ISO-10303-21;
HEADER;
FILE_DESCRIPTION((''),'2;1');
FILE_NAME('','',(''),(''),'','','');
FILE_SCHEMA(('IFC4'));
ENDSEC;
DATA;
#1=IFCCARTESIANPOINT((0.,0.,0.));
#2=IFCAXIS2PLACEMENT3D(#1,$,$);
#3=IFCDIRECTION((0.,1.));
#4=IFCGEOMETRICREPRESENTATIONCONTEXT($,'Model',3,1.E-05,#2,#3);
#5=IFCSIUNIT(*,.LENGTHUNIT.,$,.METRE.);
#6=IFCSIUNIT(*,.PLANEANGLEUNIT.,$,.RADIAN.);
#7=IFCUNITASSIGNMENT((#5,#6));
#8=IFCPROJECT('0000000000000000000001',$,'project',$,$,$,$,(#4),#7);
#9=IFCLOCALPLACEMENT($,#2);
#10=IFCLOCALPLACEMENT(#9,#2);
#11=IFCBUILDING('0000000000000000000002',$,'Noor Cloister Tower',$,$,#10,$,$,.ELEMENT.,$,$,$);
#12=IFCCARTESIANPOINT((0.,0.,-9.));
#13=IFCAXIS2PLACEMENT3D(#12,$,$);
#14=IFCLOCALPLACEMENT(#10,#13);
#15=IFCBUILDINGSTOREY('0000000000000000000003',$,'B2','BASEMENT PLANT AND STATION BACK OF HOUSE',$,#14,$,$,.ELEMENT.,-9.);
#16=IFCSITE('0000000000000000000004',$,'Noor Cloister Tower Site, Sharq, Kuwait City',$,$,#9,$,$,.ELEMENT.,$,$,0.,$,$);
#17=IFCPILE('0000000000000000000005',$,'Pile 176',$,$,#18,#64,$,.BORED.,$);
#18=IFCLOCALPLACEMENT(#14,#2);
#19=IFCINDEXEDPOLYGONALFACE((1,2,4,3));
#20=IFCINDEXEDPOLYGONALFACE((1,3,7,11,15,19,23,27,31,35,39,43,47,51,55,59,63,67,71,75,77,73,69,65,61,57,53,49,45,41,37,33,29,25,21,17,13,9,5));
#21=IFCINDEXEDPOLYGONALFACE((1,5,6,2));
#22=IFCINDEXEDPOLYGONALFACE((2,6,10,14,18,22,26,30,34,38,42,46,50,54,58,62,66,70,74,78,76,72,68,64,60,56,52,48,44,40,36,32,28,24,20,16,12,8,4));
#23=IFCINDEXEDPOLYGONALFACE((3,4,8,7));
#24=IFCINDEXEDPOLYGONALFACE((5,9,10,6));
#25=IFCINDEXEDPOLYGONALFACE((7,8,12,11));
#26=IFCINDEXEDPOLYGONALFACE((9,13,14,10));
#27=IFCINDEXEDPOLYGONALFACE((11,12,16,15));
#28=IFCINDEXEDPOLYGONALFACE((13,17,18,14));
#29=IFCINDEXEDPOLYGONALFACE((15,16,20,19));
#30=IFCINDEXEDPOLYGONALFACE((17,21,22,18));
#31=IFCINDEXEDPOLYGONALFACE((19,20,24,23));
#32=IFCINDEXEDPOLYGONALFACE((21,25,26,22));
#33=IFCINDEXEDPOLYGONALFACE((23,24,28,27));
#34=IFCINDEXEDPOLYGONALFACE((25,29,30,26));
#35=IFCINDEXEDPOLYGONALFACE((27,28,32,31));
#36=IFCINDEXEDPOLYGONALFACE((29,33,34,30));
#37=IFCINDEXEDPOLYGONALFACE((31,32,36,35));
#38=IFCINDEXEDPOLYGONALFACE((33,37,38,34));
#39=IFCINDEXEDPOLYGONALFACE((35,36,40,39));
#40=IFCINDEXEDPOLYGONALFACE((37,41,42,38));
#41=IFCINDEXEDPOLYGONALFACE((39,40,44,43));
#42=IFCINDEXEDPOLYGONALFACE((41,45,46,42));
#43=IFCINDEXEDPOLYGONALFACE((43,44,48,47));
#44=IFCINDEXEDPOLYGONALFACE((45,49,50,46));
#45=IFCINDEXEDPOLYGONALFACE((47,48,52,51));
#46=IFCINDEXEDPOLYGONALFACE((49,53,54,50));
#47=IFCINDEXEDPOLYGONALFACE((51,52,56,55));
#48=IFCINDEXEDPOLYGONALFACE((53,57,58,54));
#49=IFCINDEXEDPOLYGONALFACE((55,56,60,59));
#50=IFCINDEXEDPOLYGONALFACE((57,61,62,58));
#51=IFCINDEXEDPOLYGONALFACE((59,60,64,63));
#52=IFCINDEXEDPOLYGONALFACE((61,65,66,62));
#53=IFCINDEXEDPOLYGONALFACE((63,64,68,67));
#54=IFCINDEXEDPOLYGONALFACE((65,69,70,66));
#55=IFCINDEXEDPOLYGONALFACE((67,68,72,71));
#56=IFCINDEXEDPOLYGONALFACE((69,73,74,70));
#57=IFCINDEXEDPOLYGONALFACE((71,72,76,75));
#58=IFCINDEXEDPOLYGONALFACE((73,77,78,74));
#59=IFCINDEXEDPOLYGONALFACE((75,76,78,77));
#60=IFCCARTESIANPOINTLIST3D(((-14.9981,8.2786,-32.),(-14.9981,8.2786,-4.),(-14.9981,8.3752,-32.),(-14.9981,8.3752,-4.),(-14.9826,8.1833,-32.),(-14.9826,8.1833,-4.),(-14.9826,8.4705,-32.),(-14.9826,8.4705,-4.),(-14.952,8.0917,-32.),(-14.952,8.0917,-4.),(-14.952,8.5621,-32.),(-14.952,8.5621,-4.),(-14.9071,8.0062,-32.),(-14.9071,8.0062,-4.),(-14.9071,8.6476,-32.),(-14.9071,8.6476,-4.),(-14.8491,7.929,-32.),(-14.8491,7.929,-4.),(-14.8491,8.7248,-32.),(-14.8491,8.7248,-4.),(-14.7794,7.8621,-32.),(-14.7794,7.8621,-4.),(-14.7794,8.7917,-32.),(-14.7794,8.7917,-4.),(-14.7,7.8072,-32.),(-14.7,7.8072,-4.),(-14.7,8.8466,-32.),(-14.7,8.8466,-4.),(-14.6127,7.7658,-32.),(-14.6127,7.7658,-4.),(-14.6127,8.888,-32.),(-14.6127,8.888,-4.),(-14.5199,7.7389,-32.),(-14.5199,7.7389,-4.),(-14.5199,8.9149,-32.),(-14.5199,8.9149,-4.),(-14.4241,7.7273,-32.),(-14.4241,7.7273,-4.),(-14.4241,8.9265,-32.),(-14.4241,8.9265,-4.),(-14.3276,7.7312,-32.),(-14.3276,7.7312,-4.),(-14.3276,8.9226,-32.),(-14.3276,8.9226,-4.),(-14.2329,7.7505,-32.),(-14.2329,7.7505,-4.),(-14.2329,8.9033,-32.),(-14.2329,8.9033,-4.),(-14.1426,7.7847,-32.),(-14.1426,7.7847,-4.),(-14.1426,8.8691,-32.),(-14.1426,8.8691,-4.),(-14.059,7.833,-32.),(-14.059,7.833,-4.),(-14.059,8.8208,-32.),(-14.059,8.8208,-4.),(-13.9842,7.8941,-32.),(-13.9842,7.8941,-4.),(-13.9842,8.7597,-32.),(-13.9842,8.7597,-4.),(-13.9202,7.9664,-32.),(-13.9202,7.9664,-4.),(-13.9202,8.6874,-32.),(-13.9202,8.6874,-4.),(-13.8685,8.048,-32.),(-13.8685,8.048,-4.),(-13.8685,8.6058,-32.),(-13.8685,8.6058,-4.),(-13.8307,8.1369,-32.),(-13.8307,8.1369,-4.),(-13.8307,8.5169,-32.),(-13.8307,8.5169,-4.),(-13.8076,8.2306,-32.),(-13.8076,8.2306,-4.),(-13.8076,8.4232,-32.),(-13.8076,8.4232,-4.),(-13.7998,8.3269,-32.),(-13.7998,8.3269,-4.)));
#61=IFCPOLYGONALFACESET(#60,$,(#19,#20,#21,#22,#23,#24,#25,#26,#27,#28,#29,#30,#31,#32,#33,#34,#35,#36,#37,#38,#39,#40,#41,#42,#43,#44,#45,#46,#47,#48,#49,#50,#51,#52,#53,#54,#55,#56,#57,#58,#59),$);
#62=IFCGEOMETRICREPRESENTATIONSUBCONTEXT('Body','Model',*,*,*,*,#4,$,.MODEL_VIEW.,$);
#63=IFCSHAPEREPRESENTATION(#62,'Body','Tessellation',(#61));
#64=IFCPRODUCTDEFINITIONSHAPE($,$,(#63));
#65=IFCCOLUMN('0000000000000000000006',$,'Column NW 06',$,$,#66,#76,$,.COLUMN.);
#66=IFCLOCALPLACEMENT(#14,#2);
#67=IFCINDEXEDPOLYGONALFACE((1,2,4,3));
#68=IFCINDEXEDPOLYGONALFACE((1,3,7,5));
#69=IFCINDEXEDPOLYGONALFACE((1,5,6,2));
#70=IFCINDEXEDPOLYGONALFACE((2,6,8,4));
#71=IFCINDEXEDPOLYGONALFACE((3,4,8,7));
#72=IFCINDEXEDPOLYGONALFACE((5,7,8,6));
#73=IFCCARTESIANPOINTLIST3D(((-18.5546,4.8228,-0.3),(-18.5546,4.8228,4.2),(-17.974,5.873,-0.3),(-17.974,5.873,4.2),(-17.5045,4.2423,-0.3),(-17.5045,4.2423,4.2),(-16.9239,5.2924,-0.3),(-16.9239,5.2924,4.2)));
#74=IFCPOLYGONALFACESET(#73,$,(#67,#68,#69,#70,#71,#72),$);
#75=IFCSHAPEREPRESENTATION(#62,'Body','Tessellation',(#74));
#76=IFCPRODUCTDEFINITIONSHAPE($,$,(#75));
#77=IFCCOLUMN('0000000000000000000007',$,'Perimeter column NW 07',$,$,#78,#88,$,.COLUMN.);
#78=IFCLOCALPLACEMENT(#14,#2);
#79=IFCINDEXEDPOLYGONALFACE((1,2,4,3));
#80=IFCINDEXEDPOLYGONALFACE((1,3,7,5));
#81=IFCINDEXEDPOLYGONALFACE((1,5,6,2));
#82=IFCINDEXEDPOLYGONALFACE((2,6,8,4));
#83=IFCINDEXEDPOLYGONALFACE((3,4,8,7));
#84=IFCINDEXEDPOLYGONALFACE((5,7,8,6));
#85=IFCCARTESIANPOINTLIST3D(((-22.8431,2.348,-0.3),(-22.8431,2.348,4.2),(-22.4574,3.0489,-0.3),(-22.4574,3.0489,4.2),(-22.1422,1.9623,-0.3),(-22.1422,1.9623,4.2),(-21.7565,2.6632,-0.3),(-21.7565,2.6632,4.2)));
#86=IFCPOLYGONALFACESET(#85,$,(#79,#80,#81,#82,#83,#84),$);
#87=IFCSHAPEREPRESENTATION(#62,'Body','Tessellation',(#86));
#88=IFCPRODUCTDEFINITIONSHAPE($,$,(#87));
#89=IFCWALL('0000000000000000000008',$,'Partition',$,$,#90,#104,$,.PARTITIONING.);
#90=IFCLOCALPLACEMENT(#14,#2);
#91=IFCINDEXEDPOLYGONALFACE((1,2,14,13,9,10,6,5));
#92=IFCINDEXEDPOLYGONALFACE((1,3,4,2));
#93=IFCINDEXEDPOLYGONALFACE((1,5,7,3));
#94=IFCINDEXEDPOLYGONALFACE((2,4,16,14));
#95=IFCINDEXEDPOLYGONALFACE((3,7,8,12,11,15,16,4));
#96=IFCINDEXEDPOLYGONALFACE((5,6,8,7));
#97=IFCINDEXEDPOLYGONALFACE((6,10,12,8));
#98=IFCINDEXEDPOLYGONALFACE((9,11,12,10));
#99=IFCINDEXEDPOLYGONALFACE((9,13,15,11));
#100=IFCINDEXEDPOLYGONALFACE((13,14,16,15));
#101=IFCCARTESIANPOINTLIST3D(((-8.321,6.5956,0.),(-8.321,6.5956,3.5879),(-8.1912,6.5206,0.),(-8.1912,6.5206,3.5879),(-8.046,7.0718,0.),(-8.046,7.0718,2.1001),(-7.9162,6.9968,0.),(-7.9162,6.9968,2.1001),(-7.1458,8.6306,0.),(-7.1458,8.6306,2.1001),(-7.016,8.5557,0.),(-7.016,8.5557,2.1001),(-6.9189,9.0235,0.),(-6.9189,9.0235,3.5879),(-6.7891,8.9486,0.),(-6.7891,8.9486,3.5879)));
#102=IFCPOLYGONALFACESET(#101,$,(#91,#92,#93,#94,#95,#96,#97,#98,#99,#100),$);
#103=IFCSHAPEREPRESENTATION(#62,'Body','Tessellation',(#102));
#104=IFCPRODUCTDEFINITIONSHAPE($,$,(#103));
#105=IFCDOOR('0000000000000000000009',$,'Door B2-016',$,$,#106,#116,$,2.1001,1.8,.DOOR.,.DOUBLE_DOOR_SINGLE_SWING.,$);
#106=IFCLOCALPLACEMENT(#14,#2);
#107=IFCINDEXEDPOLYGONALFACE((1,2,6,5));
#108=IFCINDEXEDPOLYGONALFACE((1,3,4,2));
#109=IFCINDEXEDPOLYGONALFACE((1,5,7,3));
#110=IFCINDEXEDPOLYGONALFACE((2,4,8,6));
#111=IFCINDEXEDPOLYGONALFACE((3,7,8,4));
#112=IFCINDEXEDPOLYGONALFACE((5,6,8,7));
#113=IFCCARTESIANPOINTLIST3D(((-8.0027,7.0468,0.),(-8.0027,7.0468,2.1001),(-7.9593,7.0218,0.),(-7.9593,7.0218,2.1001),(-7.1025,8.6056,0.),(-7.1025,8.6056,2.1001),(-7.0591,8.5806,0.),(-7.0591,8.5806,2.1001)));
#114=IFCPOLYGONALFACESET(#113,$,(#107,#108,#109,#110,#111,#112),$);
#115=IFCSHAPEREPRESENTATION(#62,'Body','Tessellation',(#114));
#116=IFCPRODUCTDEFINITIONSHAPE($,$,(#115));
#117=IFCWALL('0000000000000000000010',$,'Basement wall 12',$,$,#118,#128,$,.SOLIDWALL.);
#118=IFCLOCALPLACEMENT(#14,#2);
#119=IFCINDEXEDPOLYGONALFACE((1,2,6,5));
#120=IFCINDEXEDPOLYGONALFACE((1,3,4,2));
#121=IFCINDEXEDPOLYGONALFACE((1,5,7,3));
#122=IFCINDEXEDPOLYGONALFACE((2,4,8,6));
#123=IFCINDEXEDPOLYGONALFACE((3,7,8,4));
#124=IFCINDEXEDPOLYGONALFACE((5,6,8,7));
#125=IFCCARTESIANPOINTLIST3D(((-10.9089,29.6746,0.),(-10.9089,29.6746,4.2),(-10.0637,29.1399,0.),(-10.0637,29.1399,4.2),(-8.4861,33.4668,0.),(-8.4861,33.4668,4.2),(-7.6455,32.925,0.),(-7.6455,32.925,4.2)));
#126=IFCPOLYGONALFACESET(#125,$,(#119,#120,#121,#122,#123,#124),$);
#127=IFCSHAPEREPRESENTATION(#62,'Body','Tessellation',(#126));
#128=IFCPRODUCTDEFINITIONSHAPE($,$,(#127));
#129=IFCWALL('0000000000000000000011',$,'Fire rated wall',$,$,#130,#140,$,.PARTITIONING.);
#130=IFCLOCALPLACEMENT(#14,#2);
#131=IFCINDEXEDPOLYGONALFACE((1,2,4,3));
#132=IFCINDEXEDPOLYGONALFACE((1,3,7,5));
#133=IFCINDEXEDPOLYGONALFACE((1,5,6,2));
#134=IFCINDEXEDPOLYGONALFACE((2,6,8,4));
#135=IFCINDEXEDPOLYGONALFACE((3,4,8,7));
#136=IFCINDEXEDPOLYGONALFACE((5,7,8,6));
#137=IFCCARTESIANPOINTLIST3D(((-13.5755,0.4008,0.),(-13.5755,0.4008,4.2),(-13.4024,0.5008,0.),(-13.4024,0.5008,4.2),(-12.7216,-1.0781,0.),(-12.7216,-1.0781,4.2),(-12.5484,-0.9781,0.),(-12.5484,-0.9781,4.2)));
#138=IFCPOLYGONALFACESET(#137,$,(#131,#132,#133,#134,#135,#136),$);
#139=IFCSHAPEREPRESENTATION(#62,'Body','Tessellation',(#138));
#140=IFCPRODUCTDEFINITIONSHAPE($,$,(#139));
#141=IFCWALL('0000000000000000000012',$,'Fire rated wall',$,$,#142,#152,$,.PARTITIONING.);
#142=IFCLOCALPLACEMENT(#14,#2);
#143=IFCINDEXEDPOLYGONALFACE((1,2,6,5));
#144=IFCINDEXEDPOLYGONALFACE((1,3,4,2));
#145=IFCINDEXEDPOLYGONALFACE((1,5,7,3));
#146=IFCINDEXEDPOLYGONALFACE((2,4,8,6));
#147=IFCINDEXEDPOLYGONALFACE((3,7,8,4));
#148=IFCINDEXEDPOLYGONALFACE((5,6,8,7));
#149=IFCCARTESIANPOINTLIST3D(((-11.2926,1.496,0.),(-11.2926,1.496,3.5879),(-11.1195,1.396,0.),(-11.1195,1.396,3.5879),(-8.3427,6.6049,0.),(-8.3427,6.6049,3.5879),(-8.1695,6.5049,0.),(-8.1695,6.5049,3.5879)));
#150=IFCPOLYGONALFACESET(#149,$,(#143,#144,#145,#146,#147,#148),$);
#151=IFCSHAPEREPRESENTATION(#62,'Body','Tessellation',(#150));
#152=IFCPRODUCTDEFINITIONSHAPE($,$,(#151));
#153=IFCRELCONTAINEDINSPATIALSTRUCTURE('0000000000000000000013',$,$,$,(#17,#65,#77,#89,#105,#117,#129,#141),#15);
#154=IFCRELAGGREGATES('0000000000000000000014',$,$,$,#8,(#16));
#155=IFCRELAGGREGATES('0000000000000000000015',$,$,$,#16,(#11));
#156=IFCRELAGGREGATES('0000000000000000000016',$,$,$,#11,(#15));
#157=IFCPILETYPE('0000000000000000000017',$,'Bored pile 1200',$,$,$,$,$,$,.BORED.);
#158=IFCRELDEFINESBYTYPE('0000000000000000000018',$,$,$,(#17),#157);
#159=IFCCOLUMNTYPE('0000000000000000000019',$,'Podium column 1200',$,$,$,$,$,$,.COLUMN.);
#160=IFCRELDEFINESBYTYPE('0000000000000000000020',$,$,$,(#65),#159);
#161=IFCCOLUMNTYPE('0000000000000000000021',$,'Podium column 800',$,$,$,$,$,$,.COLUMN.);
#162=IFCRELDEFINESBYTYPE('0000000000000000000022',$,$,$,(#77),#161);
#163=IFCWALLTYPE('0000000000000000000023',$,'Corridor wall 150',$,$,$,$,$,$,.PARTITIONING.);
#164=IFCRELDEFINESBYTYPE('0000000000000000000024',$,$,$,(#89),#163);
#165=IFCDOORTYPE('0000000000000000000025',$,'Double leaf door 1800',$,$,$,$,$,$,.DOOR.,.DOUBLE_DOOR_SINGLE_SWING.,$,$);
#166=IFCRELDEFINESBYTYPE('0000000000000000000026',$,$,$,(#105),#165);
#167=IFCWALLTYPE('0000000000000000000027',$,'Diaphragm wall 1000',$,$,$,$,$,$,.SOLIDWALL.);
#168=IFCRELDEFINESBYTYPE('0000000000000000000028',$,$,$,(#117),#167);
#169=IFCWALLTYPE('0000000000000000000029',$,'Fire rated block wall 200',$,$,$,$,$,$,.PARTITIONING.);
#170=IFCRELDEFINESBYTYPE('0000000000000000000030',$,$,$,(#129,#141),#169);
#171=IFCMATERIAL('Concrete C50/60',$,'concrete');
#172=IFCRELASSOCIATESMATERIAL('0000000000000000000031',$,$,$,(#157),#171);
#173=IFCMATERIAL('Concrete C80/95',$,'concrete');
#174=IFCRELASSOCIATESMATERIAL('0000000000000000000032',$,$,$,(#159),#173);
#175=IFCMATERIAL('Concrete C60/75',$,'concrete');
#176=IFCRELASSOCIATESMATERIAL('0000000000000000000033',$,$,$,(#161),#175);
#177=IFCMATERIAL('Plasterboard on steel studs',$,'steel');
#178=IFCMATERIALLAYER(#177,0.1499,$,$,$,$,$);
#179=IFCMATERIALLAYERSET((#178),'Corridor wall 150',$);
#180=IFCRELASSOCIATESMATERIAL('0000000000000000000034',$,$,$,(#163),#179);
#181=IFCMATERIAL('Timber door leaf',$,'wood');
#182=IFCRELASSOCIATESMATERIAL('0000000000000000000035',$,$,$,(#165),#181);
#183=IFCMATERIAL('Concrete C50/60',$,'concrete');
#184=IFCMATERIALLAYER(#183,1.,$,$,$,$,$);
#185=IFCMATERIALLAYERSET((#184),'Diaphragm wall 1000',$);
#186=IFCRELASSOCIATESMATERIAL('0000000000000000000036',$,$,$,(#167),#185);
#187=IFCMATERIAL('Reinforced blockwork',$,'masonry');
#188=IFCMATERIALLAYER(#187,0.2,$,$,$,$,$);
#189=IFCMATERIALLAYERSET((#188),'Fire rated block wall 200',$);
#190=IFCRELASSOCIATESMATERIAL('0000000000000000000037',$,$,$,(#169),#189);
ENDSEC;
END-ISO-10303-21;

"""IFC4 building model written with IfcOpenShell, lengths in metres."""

from ifc_helpers import new_model, si_unit, direction, frame, frame_2d, origin, origin_2d, place, context, subcontext, project, spatial, polyline, rectangle, circle, outline, extrude, material, layer, layer_set, material_profile, profile_set, type_object, element, fill, save


model = new_model("IFC4")

# Units and contexts
model_context = context("Model", 3, precision=1e-05, world=origin(), true_north=direction((0.0, 1.0)))
body_context = subcontext(model_context, "Body", "Model", "MODEL_VIEW")
ifc_project = project(units=[si_unit("LENGTHUNIT", "METRE"), si_unit("PLANEANGLEUNIT", "RADIAN")], contexts=[model_context])

# Site, building, storey
site_placement = place(None, origin())
site = spatial("IfcSite", under=ifc_project, at=site_placement, Name="Noor Cloister Tower Site, Sharq, Kuwait City", CompositionType="ELEMENT", RefElevation=0.0)
building_placement = place(site_placement, origin())
building = spatial("IfcBuilding", under=site, at=building_placement, Name="Noor Cloister Tower", CompositionType="ELEMENT")
storey_placement = place(building_placement, frame((0.0, 0.0, -9.0)))
storey = spatial("IfcBuildingStorey", under=building, at=storey_placement, Name="B2", Description="BASEMENT PLANT AND STATION BACK OF HOUSE", CompositionType="ELEMENT", Elevation=-9.0)

# Pile
ifc_material_1 = material(Name="Concrete C50/60", Category="concrete")
ifc_material_profile_1 = material_profile(ifc_material_1, circle(Radius=0.6001, at=origin_2d()), Name="Bored pile 1200")
ifc_profile_set_1 = profile_set([ifc_material_profile_1], Name="Concrete C50/60")
pile_type = type_object("IfcPileType", Name="Bored pile 1200", PredefinedType="BORED", material=ifc_profile_set_1)
for number, where, z_axis, x_axis, name in (
    (1, (-14.3999, 8.3269, -4.0), (0.0, 0.0, -1.0), (1.0, 0.0, 0.0), "Pile 176"),
):
    element("IfcPile", number, at=place(storey_placement, frame(where, z_axis=z_axis, x_axis=x_axis)), inside=storey, type_object=pile_type, Name=name, PredefinedType="BORED", context=body_context, shape_type="SweptSolid", body=[
        extrude(circle(Radius=0.6001, at=origin_2d()), origin(), (0.0, 0.0, 1.0), 28.0),
    ])

# Columns
ifc_material_2 = material(Name="Concrete C80/95", Category="concrete")
ifc_material_profile_2 = material_profile(ifc_material_2, rectangle(XDim=1.2, YDim=1.2, at=origin_2d()), Name="Podium column 1200")
ifc_profile_set_2 = profile_set([ifc_material_profile_2], Name="Concrete C80/95")
column_type_1 = type_object("IfcColumnType", Name="Podium column 1200", PredefinedType="COLUMN", material=ifc_profile_set_2)
column_1_placement = place(storey_placement, frame((-17.7393, 5.0576, -0.3), z_axis=(0.0, 0.0, 1.0), x_axis=(-0.875153, 0.483847, 0.0)))
element("IfcColumn", 2, at=column_1_placement, inside=storey, type_object=column_type_1, Name="Column NW 06", PredefinedType="COLUMN", context=body_context, shape_type="SweptSolid", body=[
    extrude(rectangle(XDim=1.2, YDim=1.2, at=origin_2d()), origin(), (0.0, 0.0, 1.0), 4.5),
])
ifc_material_3 = material(Name="Concrete C60/75", Category="concrete")
ifc_material_profile_3 = material_profile(ifc_material_3, rectangle(XDim=0.8, YDim=0.8, at=origin_2d()), Name="Podium column 800")
ifc_profile_set_3 = profile_set([ifc_material_profile_3], Name="Concrete C60/75")
column_type_2 = type_object("IfcColumnType", Name="Podium column 800", PredefinedType="COLUMN", material=ifc_profile_set_3)
column_2_placement = place(storey_placement, frame((-22.2998, 2.5056, -0.3), z_axis=(0.0, 0.0, 1.0), x_axis=(-0.876111, 0.482109, 0.0)))
element("IfcColumn", 3, at=column_2_placement, inside=storey, type_object=column_type_2, Name="Perimeter column NW 07", PredefinedType="COLUMN", context=body_context, shape_type="SweptSolid", body=[
    extrude(rectangle(XDim=0.8, YDim=0.8, at=origin_2d()), origin(), (0.0, 0.0, 1.0), 4.5),
])

# Wall, opening, door
ifc_material_4 = material(Name="Plasterboard on steel studs", Category="steel")
ifc_layer_1 = layer(ifc_material_4, 0.1499)
ifc_layer_set_1 = layer_set([ifc_layer_1], Name="Corridor wall 150")
wall_type_1 = type_object("IfcWallType", Name="Corridor wall 150", PredefinedType="PARTITIONING", material=ifc_layer_set_1)
wall_1_placement = place(storey_placement, frame((-8.2561, 6.5581, 0.0), z_axis=(0.0, 0.0, 1.0), x_axis=(0.500082, 0.865978, 0.0)))
wall_1 = element("IfcWall", 4, at=wall_1_placement, inside=storey, type_object=wall_type_1, Name="Partition", PredefinedType="PARTITIONING", context=body_context, shape_type="SweptSolid", body=[
    extrude(rectangle(XDim=2.8037, YDim=0.1499, at=frame_2d((1.4019, 0.0))), origin(), (0.0, 0.0, 1.0), 3.5879),
])
opening_1_placement = place(wall_1_placement, frame((0.55, 0.0, 0.0)))
opening_1 = element("IfcOpeningElement", 5, at=opening_1_placement, cuts=wall_1, PredefinedType="OPENING", context=body_context, shape_type="SweptSolid", body=[
    extrude(rectangle(XDim=1.8, YDim=2.1001, at=frame_2d((0.8999, 1.05))), frame((0.0, 0.085, 0.0), z_axis=(0.0, -1.0, 0.0), x_axis=(1.0, 0.0, 0.0)), (0.0, 0.0, 1.0), 0.1699),
])
ifc_material_5 = material(Name="Timber door leaf", Category="wood")
door_type_1 = type_object("IfcDoorType", Name="Double leaf door 1800", OperationType="DOUBLE_DOOR_SINGLE_SWING", PredefinedType="DOOR", material=ifc_material_5)
door_1_placement = place(opening_1_placement, origin())
door_1 = element("IfcDoor", 6, at=door_1_placement, inside=storey, type_object=door_type_1, Name="Door B2-016", OperationType="DOUBLE_DOOR_SINGLE_SWING", OverallHeight=2.1001, OverallWidth=1.8, PredefinedType="DOOR", context=body_context, shape_type="SweptSolid", body=[
    extrude(rectangle(XDim=1.8, YDim=2.1001, at=frame_2d((0.8999, 1.05))), frame((0.0, 0.0249, 0.0), z_axis=(0.0, -1.0, 0.0), x_axis=(1.0, 0.0, 0.0)), (0.0, 0.0, 1.0), 0.05),
])
fill(opening_1, door_1)

# Walls
ifc_material_6 = material(Name="Concrete C50/60", Category="concrete")
ifc_layer_2 = layer(ifc_material_6, 1.0)
ifc_layer_set_2 = layer_set([ifc_layer_2], Name="Diaphragm wall 1000")
wall_type_2 = type_object("IfcWallType", Name="Diaphragm wall 1000", PredefinedType="SOLIDWALL", material=ifc_layer_set_2)
wall_2_placement = place(storey_placement, origin())
element("IfcWall", 7, at=wall_2_placement, inside=storey, type_object=wall_type_2, Name="Basement wall 12", PredefinedType="SOLIDWALL", context=body_context, shape_type="SweptSolid", body=[
    extrude(outline(polyline([(-8.4861, 33.4668), (-10.9089, 29.6746), (-10.0637, 29.1399), (-7.6455, 32.925), (-8.4861, 33.4668)])), origin(), (0.0, 0.0, 1.0), 4.2),
])
ifc_material_7 = material(Name="Reinforced blockwork", Category="masonry")
ifc_layer_3 = layer(ifc_material_7, 0.2)
ifc_layer_set_3 = layer_set([ifc_layer_3], Name="Fire rated block wall 200")
wall_type_3 = type_object("IfcWallType", Name="Fire rated block wall 200", PredefinedType="PARTITIONING", material=ifc_layer_set_3)
wall_3_placement = place(storey_placement, frame((-13.489, 0.4509, 0.0), z_axis=(0.0, 0.0, 1.0), x_axis=(0.500044, -0.866, 0.0)))
element("IfcWall", 8, at=wall_3_placement, inside=storey, type_object=wall_type_3, Name="Fire rated wall", PredefinedType="PARTITIONING", context=body_context, shape_type="SweptSolid", body=[
    extrude(rectangle(XDim=1.7078, YDim=0.2, at=frame_2d((0.854, 0.0))), origin(), (0.0, 0.0, 1.0), 4.2),
])
wall_4_placement = place(storey_placement, frame((-8.2561, 6.5549, 0.0), z_axis=(0.0, 0.0, 1.0), x_axis=(-0.500042, -0.866001, 0.0)))
element("IfcWall", 9, at=wall_4_placement, inside=storey, type_object=wall_type_3, Name="Fire rated wall", PredefinedType="PARTITIONING", context=body_context, shape_type="SweptSolid", body=[
    extrude(rectangle(XDim=5.8994, YDim=0.2, at=frame_2d((2.9497, 0.0))), origin(), (0.0, 0.0, 1.0), 3.5879),
])

save(model, "model.ifc")
